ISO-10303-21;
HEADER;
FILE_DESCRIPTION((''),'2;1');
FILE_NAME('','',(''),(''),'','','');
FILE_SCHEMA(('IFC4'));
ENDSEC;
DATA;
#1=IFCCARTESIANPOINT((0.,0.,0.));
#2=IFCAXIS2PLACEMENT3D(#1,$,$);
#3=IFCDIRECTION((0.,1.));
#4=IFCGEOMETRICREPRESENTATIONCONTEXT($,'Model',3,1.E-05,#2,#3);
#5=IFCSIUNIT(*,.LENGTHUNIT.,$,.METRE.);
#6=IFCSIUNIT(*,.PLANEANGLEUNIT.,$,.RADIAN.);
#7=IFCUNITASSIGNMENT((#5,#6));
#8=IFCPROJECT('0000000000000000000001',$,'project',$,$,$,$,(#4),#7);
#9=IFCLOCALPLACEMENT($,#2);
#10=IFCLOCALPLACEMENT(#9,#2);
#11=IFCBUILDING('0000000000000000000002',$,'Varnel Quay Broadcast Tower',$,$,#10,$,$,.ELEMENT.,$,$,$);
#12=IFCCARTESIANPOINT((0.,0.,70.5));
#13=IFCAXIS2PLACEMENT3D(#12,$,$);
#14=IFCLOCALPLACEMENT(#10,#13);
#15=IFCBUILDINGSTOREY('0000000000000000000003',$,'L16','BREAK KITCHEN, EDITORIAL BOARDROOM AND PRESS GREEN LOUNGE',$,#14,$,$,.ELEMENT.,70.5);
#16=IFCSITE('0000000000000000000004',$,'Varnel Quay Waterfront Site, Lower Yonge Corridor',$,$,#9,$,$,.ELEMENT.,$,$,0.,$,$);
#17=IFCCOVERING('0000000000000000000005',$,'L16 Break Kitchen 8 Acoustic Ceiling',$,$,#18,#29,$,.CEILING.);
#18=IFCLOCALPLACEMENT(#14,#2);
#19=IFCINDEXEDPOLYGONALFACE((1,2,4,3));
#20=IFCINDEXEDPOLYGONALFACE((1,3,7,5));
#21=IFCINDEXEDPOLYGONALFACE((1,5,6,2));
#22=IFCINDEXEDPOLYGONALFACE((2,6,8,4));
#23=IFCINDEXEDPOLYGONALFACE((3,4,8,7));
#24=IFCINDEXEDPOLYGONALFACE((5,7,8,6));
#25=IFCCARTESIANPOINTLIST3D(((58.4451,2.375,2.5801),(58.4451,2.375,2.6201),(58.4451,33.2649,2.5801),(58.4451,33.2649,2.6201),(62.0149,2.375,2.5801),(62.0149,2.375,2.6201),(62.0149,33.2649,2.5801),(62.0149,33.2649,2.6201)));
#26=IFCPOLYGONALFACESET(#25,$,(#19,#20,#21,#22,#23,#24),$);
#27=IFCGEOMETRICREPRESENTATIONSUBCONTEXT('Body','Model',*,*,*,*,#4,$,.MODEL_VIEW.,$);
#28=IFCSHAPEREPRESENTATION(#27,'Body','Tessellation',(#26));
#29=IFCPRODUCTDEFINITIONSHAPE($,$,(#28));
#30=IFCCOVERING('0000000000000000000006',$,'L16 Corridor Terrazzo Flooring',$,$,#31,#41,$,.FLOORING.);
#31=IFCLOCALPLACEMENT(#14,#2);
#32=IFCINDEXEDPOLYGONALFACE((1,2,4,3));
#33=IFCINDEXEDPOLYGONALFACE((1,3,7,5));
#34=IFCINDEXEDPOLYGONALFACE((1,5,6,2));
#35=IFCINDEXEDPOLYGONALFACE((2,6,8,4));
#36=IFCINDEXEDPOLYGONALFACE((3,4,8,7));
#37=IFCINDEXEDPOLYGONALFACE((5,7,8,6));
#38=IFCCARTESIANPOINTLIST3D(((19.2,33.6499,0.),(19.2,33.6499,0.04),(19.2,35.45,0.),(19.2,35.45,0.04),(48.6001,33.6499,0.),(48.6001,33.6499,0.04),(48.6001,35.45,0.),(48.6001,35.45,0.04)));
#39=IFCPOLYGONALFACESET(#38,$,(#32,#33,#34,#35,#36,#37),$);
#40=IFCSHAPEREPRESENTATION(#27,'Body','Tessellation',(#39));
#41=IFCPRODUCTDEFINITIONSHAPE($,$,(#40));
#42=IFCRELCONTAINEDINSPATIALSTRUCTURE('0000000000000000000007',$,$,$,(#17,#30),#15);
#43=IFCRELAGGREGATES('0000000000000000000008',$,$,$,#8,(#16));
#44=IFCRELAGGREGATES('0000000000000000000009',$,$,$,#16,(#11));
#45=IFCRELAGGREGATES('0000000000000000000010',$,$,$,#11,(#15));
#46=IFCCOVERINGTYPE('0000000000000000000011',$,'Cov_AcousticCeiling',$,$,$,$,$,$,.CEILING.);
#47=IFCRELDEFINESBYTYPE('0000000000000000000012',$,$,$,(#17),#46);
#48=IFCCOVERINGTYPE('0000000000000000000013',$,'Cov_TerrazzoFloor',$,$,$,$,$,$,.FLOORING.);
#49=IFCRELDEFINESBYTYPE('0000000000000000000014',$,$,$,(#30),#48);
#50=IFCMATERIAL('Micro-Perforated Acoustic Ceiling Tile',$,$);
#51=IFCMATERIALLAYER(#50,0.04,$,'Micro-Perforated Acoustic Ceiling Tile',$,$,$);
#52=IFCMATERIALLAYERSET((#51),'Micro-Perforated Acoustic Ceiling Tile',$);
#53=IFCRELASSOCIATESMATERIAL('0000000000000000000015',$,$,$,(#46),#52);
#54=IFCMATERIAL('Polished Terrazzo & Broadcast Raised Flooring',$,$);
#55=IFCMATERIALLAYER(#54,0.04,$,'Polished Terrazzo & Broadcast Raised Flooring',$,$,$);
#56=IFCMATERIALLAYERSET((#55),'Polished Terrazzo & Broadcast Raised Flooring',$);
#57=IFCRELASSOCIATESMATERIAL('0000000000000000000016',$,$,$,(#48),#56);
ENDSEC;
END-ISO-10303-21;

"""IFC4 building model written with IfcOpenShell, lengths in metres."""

from ifc_helpers import new_model, si_unit, direction, frame, origin, place, context, subcontext, project, spatial, polyline, outline, extrude, material, layer, layer_set, type_object, element, save


model = new_model("IFC4")

# Units and contexts
model_context = context("Model", 3, precision=1e-05, world=origin(), true_north=direction((0.0, 1.0)))
body_context = subcontext(model_context, "Body", "Model", "MODEL_VIEW")
ifc_project = project(units=[si_unit("LENGTHUNIT", "METRE"), si_unit("PLANEANGLEUNIT", "RADIAN")], contexts=[model_context])

# Site, building, storey
site_placement = place(None, origin())
site = spatial("IfcSite", under=ifc_project, at=site_placement, Name="Varnel Quay Waterfront Site, Lower Yonge Corridor", CompositionType="ELEMENT", RefElevation=0.0)
building_placement = place(site_placement, origin())
building = spatial("IfcBuilding", under=site, at=building_placement, Name="Varnel Quay Broadcast Tower", CompositionType="ELEMENT")
storey_placement = place(building_placement, frame((0.0, 0.0, 70.5)))
storey = spatial("IfcBuildingStorey", under=building, at=storey_placement, Name="L16", Description="BREAK KITCHEN, EDITORIAL BOARDROOM AND PRESS GREEN LOUNGE", CompositionType="ELEMENT", Elevation=70.5)

# Coverings
ifc_material_1 = material(Name="Micro-Perforated Acoustic Ceiling Tile")
ifc_layer_1 = layer(ifc_material_1, 0.04, Name="Micro-Perforated Acoustic Ceiling Tile")
ifc_layer_set_1 = layer_set([ifc_layer_1], Name="Micro-Perforated Acoustic Ceiling Tile")
covering_type_1 = type_object("IfcCoveringType", Name="Cov_AcousticCeiling", PredefinedType="CEILING", material=ifc_layer_set_1)
covering_1_placement = place(storey_placement, frame((0.0, 0.0, 2.5801)))
element("IfcCovering", 1, at=covering_1_placement, inside=storey, type_object=covering_type_1, Name="L16 Break Kitchen 8 Acoustic Ceiling", PredefinedType="CEILING", context=body_context, shape_type="SweptSolid", body=[
    extrude(outline(polyline([(58.4451, 2.375), (62.0149, 2.375), (62.0149, 33.2649), (58.4451, 33.2649), (58.4451, 2.375)])), origin(), (0.0, 0.0, 1.0), 0.04),
])
ifc_material_2 = material(Name="Polished Terrazzo & Broadcast Raised Flooring")
ifc_layer_2 = layer(ifc_material_2, 0.04, Name="Polished Terrazzo & Broadcast Raised Flooring")
ifc_layer_set_2 = layer_set([ifc_layer_2], Name="Polished Terrazzo & Broadcast Raised Flooring")
covering_type_2 = type_object("IfcCoveringType", Name="Cov_TerrazzoFloor", PredefinedType="FLOORING", material=ifc_layer_set_2)
covering_2_placement = place(storey_placement, origin())
element("IfcCovering", 2, at=covering_2_placement, inside=storey, type_object=covering_type_2, Name="L16 Corridor Terrazzo Flooring", PredefinedType="FLOORING", context=body_context, shape_type="SweptSolid", body=[
    extrude(outline(polyline([(19.2, 33.6499), (48.6001, 33.6499), (48.6001, 35.45), (19.2, 35.45), (19.2, 33.6499)])), origin(), (0.0, 0.0, 1.0), 0.04),
])

save(model, "model.ifc")
